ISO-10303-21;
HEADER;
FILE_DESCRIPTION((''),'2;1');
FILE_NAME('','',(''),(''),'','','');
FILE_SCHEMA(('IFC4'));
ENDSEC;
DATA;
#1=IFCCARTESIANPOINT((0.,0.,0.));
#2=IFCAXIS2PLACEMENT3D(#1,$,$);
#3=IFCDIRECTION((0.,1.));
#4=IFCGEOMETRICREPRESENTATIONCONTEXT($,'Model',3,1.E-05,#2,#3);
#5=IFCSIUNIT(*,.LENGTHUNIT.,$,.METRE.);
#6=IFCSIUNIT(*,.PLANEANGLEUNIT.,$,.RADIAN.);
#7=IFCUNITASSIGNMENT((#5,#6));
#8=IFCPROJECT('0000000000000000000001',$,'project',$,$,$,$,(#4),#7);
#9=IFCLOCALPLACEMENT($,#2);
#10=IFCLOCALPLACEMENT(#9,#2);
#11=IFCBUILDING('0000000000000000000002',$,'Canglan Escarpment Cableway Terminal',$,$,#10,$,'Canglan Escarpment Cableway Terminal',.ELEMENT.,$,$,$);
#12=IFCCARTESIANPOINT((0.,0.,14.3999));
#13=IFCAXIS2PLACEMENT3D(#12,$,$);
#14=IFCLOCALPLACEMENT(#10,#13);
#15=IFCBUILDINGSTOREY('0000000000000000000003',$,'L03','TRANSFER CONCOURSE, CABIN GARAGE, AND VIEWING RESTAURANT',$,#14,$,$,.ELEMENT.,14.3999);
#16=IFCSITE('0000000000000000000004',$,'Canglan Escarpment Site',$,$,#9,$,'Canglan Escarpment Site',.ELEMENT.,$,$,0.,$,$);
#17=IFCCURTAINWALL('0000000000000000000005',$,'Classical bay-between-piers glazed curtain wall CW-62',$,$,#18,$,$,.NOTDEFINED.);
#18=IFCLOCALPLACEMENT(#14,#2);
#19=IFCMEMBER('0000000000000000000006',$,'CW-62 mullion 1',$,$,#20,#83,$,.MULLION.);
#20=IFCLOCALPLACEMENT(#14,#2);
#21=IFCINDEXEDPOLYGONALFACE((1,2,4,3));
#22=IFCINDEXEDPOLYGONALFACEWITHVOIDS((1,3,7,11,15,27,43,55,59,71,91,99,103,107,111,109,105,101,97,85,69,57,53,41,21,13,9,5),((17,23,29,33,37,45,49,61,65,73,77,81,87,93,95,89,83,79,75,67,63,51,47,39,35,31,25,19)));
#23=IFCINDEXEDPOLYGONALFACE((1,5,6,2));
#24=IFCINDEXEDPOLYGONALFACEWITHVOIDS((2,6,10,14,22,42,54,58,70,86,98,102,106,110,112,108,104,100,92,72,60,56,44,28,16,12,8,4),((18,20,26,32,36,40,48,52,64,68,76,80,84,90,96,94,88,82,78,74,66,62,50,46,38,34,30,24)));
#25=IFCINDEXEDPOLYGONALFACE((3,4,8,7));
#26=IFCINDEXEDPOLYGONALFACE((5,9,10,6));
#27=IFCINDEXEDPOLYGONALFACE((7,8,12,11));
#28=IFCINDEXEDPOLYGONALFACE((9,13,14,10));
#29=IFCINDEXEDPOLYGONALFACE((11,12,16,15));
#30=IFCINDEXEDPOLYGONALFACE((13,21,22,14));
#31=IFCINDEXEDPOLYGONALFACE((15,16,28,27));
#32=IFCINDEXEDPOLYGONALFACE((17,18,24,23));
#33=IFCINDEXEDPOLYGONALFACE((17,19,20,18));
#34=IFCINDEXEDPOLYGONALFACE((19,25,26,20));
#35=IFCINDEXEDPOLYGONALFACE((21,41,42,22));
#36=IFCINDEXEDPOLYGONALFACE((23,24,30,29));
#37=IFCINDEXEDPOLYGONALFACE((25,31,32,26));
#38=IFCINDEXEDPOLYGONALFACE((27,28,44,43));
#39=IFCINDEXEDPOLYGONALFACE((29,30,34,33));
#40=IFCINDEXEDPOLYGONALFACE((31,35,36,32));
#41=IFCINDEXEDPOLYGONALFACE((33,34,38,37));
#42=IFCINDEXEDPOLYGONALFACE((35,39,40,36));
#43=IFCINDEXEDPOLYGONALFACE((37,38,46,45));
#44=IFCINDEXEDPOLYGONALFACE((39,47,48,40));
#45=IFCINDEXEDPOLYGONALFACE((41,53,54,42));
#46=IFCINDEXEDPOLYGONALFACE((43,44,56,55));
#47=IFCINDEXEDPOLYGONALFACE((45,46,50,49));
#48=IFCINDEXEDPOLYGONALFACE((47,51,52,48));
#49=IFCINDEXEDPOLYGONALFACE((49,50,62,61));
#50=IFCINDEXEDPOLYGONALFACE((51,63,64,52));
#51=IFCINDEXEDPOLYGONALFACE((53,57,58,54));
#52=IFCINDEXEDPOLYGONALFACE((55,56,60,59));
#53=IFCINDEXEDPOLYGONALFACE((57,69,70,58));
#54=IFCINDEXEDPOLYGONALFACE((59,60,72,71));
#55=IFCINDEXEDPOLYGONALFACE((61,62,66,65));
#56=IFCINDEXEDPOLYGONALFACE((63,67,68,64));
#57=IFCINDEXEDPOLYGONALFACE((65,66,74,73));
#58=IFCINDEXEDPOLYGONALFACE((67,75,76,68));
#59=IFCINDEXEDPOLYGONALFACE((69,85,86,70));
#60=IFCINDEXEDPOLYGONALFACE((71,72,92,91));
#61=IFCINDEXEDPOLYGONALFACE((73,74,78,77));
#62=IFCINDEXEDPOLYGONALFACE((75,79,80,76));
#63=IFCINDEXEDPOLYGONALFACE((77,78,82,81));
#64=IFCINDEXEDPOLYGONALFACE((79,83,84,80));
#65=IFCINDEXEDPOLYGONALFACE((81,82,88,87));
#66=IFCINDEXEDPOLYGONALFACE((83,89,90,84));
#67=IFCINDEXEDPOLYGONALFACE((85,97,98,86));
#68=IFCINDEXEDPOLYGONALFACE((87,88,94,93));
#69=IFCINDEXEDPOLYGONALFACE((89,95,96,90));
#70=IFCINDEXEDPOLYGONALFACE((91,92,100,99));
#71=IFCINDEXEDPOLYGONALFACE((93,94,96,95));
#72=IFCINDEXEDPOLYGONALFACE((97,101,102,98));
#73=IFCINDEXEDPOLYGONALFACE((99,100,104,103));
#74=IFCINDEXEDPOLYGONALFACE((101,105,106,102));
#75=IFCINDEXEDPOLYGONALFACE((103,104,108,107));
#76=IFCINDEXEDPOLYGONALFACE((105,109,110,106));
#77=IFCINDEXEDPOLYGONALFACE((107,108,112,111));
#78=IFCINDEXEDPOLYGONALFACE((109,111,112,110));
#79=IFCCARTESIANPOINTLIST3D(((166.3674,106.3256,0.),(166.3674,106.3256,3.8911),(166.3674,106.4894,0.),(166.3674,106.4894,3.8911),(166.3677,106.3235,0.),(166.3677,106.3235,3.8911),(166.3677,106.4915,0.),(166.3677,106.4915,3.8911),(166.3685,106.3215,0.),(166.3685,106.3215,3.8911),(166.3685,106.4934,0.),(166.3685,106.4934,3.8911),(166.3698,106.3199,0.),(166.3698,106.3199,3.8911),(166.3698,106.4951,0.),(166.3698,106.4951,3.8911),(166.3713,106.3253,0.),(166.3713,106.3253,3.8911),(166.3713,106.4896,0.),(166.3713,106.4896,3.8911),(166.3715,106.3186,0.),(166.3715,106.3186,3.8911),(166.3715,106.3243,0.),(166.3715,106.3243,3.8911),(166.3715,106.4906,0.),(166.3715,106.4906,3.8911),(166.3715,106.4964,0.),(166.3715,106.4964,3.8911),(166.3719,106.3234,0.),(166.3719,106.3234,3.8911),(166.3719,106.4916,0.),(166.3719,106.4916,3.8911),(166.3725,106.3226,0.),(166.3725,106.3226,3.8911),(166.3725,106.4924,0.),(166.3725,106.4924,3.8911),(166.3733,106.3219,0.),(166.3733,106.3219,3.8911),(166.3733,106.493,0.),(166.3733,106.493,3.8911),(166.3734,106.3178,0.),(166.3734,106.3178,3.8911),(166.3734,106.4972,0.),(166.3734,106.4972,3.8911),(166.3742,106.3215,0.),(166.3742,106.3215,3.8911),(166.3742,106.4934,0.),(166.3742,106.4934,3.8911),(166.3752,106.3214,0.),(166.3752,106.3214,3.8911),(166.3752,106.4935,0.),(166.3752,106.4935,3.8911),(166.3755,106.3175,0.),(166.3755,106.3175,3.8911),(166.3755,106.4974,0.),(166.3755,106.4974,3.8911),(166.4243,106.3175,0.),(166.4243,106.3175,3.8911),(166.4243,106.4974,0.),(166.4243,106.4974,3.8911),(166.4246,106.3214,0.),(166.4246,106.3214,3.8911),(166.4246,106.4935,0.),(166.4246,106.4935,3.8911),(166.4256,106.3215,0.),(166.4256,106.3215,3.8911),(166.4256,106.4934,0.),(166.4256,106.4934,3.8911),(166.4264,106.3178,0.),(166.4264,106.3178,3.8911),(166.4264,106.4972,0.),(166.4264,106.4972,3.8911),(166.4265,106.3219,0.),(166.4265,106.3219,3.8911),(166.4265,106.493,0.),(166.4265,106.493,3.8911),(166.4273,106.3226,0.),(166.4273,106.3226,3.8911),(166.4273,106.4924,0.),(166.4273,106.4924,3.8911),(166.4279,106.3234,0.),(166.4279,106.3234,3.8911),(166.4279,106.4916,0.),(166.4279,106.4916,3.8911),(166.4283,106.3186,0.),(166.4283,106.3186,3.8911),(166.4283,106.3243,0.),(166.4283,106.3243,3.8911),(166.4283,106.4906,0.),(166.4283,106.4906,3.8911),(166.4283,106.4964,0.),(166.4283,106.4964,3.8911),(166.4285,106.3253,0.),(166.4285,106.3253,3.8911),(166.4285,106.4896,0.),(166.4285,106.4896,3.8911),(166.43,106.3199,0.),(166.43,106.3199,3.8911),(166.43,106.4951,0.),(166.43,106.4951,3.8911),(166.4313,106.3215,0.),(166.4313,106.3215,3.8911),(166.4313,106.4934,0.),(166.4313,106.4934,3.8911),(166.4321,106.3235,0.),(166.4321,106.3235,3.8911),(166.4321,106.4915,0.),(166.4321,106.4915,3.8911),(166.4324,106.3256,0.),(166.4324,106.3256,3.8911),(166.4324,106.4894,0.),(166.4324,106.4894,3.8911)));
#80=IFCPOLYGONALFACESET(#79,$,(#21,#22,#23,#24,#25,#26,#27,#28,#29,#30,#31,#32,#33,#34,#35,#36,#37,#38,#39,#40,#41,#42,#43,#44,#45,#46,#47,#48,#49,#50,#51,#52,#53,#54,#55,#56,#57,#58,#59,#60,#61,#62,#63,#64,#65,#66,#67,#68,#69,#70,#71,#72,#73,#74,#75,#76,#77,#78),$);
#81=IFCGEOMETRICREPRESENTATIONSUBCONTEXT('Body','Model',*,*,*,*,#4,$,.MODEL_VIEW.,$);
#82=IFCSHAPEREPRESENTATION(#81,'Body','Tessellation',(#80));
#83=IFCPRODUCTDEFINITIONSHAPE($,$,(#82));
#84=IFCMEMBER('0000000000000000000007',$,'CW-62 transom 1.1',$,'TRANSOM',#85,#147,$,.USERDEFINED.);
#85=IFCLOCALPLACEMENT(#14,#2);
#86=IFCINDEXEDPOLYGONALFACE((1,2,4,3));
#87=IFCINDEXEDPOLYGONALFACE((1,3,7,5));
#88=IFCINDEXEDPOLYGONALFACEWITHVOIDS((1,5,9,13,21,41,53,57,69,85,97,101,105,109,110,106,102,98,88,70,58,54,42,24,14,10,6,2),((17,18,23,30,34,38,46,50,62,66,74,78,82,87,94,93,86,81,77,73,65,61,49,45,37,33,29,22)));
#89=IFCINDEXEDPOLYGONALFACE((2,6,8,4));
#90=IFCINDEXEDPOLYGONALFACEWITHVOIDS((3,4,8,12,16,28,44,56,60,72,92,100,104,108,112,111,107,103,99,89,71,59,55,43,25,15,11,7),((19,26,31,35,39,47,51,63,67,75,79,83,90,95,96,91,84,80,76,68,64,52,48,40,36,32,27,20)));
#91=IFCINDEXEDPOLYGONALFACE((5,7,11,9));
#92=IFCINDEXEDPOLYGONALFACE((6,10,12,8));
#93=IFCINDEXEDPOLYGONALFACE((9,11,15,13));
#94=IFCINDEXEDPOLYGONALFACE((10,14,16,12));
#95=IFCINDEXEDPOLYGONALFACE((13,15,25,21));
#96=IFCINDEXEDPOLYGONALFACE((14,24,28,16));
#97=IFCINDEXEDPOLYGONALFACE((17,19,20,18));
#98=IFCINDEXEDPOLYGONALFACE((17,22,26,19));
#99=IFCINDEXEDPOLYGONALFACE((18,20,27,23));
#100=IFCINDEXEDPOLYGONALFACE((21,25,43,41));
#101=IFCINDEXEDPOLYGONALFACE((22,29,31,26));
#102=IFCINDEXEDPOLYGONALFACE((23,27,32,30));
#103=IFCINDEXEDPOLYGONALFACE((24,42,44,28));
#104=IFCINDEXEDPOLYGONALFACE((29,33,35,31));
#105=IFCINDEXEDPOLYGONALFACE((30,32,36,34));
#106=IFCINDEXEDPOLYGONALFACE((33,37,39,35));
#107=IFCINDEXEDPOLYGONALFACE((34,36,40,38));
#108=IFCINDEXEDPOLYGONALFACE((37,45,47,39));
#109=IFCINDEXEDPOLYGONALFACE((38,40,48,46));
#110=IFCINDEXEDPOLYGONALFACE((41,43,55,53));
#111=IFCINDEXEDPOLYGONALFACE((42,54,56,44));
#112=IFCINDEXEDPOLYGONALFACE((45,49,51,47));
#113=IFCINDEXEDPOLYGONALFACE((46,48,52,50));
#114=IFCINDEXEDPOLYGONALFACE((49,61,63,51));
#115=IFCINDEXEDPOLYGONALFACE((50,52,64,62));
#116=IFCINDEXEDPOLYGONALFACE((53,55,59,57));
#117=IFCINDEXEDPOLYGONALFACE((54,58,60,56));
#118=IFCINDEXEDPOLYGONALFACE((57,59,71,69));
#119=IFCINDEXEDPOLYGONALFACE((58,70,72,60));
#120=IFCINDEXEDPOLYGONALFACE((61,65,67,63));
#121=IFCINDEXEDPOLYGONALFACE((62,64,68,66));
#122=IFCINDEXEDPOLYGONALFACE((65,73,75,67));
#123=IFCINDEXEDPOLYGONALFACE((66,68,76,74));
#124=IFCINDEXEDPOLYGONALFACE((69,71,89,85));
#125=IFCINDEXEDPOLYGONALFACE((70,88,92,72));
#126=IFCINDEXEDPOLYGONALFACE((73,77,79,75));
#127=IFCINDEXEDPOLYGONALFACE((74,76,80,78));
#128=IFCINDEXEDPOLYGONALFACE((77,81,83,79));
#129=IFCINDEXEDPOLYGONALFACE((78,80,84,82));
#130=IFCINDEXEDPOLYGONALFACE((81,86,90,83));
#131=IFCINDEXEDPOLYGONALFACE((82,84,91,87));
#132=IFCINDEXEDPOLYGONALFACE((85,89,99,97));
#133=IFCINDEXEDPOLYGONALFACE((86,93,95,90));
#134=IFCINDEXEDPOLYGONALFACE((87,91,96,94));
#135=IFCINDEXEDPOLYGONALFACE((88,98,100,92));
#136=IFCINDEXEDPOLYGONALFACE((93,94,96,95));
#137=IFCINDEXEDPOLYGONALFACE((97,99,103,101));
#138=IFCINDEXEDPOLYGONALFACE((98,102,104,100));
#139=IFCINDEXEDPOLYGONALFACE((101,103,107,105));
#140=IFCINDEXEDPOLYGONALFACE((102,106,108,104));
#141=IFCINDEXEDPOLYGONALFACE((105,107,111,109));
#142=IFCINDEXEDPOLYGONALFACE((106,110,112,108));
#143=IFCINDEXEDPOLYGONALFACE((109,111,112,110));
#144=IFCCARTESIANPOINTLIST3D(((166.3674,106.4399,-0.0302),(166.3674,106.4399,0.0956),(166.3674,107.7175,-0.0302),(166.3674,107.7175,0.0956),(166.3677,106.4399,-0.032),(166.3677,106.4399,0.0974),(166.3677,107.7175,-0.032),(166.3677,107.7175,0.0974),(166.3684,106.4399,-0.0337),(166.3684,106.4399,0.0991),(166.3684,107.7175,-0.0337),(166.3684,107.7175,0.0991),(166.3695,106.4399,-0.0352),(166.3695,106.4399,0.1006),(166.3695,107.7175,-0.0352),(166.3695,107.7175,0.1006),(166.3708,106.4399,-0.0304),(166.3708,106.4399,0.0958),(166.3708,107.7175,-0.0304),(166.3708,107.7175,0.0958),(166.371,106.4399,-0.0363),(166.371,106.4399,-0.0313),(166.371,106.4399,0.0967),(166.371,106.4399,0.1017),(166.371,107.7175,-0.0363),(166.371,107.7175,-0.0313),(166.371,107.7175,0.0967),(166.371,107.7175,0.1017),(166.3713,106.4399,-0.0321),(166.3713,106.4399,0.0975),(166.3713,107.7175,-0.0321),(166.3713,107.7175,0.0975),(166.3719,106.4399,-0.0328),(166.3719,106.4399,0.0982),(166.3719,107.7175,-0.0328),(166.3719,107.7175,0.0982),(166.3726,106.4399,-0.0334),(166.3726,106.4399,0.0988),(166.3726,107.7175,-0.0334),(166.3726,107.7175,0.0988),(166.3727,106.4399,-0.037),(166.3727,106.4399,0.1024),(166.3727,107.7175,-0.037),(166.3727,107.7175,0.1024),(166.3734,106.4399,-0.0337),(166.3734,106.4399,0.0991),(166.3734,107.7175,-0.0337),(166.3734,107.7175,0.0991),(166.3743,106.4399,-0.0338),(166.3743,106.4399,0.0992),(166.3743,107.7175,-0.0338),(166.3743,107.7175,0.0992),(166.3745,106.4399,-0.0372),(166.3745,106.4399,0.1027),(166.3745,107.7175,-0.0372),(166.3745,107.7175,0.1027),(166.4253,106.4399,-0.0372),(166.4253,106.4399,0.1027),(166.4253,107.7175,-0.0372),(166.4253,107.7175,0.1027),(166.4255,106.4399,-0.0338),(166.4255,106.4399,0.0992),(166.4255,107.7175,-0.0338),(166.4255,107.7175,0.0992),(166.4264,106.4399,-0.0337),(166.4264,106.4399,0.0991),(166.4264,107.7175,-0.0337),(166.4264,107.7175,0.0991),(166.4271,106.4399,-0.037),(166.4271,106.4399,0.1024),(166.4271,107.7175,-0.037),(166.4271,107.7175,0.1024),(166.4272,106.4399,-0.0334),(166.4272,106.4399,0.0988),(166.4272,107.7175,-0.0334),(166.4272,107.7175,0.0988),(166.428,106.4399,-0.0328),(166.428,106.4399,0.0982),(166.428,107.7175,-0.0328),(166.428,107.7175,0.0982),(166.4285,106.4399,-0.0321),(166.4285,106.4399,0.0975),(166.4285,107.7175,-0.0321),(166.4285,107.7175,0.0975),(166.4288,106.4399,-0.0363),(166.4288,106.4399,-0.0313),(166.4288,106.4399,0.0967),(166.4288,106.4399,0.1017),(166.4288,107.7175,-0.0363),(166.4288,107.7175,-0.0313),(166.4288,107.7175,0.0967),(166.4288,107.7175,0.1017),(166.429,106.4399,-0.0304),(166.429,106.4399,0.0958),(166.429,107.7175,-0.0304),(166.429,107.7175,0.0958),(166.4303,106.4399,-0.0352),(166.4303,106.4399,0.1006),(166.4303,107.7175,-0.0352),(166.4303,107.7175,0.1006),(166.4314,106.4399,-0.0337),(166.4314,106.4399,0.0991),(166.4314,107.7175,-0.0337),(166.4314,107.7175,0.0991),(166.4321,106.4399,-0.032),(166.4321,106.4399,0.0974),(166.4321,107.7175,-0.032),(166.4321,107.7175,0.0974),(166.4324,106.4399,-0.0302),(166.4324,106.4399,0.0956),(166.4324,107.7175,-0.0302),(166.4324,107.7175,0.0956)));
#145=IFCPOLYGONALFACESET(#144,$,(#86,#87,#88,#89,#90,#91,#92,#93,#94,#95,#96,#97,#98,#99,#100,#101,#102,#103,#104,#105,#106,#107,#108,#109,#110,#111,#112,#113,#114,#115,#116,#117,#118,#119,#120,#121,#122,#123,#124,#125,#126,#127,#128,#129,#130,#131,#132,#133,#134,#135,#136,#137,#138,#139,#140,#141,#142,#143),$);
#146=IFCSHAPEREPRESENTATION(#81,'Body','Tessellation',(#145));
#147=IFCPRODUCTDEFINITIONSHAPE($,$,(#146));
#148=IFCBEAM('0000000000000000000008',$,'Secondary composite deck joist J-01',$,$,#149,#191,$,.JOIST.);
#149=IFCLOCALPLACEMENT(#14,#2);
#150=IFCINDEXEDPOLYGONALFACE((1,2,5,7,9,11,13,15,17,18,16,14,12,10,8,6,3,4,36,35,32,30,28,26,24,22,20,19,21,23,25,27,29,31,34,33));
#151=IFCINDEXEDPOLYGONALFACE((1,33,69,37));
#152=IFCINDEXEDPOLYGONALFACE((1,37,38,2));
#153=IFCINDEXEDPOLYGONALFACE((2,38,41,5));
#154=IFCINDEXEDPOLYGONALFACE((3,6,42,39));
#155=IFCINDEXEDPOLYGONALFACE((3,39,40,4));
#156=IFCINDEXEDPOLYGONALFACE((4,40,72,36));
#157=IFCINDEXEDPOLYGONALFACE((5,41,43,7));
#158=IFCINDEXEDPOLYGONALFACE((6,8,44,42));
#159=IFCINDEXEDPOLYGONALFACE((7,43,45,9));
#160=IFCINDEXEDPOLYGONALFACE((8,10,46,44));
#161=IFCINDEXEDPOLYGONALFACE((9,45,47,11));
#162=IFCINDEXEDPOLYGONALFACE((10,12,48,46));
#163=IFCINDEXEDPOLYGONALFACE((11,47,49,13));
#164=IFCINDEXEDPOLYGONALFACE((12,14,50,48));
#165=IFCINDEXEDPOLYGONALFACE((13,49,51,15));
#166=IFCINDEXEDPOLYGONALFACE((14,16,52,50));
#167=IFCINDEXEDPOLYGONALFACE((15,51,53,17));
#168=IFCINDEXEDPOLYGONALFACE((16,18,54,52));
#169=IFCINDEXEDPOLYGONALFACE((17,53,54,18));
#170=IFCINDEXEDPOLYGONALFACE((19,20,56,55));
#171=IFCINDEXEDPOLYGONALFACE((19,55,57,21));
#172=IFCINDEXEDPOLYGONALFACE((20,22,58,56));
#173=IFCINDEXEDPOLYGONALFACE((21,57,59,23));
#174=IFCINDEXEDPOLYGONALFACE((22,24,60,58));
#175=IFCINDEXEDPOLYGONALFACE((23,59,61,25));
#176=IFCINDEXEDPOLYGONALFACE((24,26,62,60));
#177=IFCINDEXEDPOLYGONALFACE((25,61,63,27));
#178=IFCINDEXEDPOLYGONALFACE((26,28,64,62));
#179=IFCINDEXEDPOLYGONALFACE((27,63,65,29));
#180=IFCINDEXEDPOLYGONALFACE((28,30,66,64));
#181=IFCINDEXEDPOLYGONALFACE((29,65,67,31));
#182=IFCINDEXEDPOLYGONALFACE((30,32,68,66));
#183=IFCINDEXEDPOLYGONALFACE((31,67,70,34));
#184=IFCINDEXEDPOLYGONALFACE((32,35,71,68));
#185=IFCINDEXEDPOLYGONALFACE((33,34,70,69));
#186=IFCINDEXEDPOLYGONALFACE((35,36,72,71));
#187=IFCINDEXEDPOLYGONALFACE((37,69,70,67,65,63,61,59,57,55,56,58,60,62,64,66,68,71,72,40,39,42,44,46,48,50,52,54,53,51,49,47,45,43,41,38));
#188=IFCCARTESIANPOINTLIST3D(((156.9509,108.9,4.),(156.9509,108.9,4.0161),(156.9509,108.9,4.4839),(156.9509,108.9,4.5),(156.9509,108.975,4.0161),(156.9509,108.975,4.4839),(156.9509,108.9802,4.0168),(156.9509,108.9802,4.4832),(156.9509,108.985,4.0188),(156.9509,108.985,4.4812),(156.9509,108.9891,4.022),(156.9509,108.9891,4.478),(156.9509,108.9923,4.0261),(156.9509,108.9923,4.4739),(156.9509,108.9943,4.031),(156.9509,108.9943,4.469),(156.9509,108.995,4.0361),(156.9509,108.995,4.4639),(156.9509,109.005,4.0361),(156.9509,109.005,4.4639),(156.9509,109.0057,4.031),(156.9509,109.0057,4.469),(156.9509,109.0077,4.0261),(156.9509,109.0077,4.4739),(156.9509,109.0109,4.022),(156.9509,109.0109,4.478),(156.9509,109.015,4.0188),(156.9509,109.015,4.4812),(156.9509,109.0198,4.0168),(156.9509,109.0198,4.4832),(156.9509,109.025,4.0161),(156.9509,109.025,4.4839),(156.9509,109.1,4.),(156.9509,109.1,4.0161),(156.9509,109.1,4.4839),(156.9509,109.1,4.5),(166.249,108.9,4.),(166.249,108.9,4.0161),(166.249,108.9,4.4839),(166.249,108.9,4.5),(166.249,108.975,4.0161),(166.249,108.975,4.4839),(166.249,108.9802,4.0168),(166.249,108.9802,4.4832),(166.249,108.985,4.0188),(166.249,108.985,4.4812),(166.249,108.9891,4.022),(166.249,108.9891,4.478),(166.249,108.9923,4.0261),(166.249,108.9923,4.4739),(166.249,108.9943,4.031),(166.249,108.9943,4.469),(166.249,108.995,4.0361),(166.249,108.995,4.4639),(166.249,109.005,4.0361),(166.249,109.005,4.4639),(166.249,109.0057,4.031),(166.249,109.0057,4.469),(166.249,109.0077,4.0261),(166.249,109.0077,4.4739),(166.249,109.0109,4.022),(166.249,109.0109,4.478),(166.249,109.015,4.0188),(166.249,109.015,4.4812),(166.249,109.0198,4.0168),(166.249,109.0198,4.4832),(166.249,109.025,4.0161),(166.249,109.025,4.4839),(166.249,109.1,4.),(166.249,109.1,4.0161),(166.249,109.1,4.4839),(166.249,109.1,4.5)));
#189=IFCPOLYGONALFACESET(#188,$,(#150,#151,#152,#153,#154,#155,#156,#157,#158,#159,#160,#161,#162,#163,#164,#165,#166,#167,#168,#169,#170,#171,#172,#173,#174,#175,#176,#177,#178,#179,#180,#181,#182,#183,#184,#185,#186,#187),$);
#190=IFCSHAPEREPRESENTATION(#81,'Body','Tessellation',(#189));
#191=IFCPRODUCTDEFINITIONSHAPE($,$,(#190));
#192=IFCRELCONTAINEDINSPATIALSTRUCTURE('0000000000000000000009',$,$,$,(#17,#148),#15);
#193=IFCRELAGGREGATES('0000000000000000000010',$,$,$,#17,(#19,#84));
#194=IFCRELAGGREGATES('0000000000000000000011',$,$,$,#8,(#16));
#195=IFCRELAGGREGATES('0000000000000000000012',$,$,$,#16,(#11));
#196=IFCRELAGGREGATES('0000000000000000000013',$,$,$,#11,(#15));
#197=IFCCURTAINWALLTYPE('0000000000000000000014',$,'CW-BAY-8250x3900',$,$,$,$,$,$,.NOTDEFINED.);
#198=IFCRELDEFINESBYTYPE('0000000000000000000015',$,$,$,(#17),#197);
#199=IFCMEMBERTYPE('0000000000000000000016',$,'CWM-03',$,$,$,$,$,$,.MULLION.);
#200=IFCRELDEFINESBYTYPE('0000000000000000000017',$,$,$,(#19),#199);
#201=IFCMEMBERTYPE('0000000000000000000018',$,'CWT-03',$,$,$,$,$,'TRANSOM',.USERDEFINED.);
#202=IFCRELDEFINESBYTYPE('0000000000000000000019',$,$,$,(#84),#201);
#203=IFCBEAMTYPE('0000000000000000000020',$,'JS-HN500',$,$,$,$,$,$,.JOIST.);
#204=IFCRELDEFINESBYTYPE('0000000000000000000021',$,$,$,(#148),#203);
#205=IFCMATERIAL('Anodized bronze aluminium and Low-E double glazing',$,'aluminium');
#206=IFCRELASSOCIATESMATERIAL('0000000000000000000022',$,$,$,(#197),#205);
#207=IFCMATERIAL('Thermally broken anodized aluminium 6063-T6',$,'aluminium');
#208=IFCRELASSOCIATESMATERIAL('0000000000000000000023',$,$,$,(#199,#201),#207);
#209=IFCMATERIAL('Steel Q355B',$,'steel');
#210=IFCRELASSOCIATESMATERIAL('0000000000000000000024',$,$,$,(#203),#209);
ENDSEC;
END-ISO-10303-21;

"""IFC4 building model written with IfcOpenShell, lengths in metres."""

from ifc_helpers import new_model, si_unit, direction, frame, origin, origin_2d, place, context, subcontext, project, spatial, hollow_rectangle, i_section, extrude, material, material_profile, profile_set, type_object, element, aggregate, save


model = new_model("IFC4")

# Units and contexts
model_context = context("Model", 3, precision=1e-05, world=origin(), true_north=direction((0.0, 1.0)))
body_context = subcontext(model_context, "Body", "Model", "MODEL_VIEW")
ifc_project = project(units=[si_unit("LENGTHUNIT", "METRE"), si_unit("PLANEANGLEUNIT", "RADIAN")], contexts=[model_context])

# Site, building, storey
site_placement = place(None, origin())
site = spatial("IfcSite", under=ifc_project, at=site_placement, Name="Canglan Escarpment Site", LongName="Canglan Escarpment Site", CompositionType="ELEMENT", RefElevation=0.0)
building_placement = place(site_placement, origin())
building = spatial("IfcBuilding", under=site, at=building_placement, Name="Canglan Escarpment Cableway Terminal", LongName="Canglan Escarpment Cableway Terminal", CompositionType="ELEMENT")
storey_placement = place(building_placement, frame((0.0, 0.0, 14.3999)))
storey = spatial("IfcBuildingStorey", under=building, at=storey_placement, Name="L03", Description="TRANSFER CONCOURSE, CABIN GARAGE, AND VIEWING RESTAURANT", CompositionType="ELEMENT", Elevation=14.3999)

# Curtain wall, members
ifc_material_1 = material(Name="Anodized bronze aluminium and Low-E double glazing", Category="aluminium")
curtain_wall_type = type_object("IfcCurtainWallType", Name="CW-BAY-8250x3900", PredefinedType="NOTDEFINED", material=ifc_material_1)
curtain_wall_placement = place(storey_placement, origin())
curtain_wall = element("IfcCurtainWall", 1, at=curtain_wall_placement, inside=storey, type_object=curtain_wall_type, Name="Classical bay-between-piers glazed curtain wall CW-62", PredefinedType="NOTDEFINED")
ifc_material_2 = material(Name="Thermally broken anodized aluminium 6063-T6", Category="aluminium")
ifc_material_profile_1 = material_profile(ifc_material_2, hollow_rectangle(XDim=0.0649, YDim=0.1799, WallThickness=0.0039, InnerFilletRadius=0.0039, OuterFilletRadius=0.0081, at=origin_2d()), Name="ALU-MULL 65x180x4")
ifc_profile_set_1 = profile_set([ifc_material_profile_1], Name="Thermally broken anodized aluminium 6063-T6")
member_type_1 = type_object("IfcMemberType", Name="CWM-03", PredefinedType="MULLION", material=ifc_profile_set_1)
member_1_placement = place(storey_placement, frame((166.3999, 106.4075, 0.0), z_axis=(0.0, 0.0, 1.0), x_axis=(-1.0, 0.0, 0.0)))
member_1 = element("IfcMember", 2, at=member_1_placement, type_object=member_type_1, Name="CW-62 mullion 1", PredefinedType="MULLION", context=body_context, shape_type="SweptSolid", body=[
    extrude(hollow_rectangle(XDim=0.0649, YDim=0.1799, WallThickness=0.0039, InnerFilletRadius=0.0039, OuterFilletRadius=0.0081, at=origin_2d()), origin(), (0.0, 0.0, 1.0), 3.8911),
])
ifc_material_profile_2 = material_profile(ifc_material_2, hollow_rectangle(XDim=0.0649, YDim=0.1399, WallThickness=0.0034, InnerFilletRadius=0.0034, OuterFilletRadius=0.0071, at=origin_2d()), Name="ALU-TRAN 65x140x3.5")
ifc_profile_set_2 = profile_set([ifc_material_profile_2], Name="Thermally broken anodized aluminium 6063-T6")
member_type_2 = type_object("IfcMemberType", Name="CWT-03", ElementType="TRANSOM", PredefinedType="USERDEFINED", material=ifc_profile_set_2)
member_2_placement = place(storey_placement, frame((166.3999, 106.4399, 0.0327), z_axis=(0.0, 1.0, 0.0), x_axis=(-1.0, 0.0, 0.0)))
member_2 = element("IfcMember", 3, at=member_2_placement, type_object=member_type_2, Name="CW-62 transom 1.1", ObjectType="TRANSOM", PredefinedType="USERDEFINED", context=body_context, shape_type="SweptSolid", body=[
    extrude(hollow_rectangle(XDim=0.0649, YDim=0.1399, WallThickness=0.0034, InnerFilletRadius=0.0034, OuterFilletRadius=0.0071, at=origin_2d()), origin(), (0.0, 0.0, 1.0), 1.2776),
])
aggregate(curtain_wall, [member_1, member_2])

# Beam
ifc_material_3 = material(Name="Steel Q355B", Category="steel")
ifc_material_profile_3 = material_profile(ifc_material_3, i_section(OverallWidth=0.2, OverallDepth=0.5, WebThickness=0.01, FlangeThickness=0.0161, FilletRadius=0.02, at=origin_2d()), Name="HN 500x200x10x16")
ifc_profile_set_3 = profile_set([ifc_material_profile_3], Name="Steel Q355B")
beam_type_1 = type_object("IfcBeamType", Name="JS-HN500", PredefinedType="JOIST", material=ifc_profile_set_3)
for number, where, z_axis, x_axis, name in (
    (4, (156.9509, 109.0, 4.25), (1.0, 0.0, 0.0), (0.0, 1.0, 0.0), "Secondary composite deck joist J-01"),
):
    element("IfcBeam", number, at=place(storey_placement, frame(where, z_axis=z_axis, x_axis=x_axis)), inside=storey, type_object=beam_type_1, Name=name, PredefinedType="JOIST", context=body_context, shape_type="SweptSolid", body=[
        extrude(i_section(OverallWidth=0.2, OverallDepth=0.5, WebThickness=0.01, FlangeThickness=0.0161, FilletRadius=0.02, at=origin_2d()), origin(), (0.0, 0.0, 1.0), 9.2981),
    ])

save(model, "model.ifc")
